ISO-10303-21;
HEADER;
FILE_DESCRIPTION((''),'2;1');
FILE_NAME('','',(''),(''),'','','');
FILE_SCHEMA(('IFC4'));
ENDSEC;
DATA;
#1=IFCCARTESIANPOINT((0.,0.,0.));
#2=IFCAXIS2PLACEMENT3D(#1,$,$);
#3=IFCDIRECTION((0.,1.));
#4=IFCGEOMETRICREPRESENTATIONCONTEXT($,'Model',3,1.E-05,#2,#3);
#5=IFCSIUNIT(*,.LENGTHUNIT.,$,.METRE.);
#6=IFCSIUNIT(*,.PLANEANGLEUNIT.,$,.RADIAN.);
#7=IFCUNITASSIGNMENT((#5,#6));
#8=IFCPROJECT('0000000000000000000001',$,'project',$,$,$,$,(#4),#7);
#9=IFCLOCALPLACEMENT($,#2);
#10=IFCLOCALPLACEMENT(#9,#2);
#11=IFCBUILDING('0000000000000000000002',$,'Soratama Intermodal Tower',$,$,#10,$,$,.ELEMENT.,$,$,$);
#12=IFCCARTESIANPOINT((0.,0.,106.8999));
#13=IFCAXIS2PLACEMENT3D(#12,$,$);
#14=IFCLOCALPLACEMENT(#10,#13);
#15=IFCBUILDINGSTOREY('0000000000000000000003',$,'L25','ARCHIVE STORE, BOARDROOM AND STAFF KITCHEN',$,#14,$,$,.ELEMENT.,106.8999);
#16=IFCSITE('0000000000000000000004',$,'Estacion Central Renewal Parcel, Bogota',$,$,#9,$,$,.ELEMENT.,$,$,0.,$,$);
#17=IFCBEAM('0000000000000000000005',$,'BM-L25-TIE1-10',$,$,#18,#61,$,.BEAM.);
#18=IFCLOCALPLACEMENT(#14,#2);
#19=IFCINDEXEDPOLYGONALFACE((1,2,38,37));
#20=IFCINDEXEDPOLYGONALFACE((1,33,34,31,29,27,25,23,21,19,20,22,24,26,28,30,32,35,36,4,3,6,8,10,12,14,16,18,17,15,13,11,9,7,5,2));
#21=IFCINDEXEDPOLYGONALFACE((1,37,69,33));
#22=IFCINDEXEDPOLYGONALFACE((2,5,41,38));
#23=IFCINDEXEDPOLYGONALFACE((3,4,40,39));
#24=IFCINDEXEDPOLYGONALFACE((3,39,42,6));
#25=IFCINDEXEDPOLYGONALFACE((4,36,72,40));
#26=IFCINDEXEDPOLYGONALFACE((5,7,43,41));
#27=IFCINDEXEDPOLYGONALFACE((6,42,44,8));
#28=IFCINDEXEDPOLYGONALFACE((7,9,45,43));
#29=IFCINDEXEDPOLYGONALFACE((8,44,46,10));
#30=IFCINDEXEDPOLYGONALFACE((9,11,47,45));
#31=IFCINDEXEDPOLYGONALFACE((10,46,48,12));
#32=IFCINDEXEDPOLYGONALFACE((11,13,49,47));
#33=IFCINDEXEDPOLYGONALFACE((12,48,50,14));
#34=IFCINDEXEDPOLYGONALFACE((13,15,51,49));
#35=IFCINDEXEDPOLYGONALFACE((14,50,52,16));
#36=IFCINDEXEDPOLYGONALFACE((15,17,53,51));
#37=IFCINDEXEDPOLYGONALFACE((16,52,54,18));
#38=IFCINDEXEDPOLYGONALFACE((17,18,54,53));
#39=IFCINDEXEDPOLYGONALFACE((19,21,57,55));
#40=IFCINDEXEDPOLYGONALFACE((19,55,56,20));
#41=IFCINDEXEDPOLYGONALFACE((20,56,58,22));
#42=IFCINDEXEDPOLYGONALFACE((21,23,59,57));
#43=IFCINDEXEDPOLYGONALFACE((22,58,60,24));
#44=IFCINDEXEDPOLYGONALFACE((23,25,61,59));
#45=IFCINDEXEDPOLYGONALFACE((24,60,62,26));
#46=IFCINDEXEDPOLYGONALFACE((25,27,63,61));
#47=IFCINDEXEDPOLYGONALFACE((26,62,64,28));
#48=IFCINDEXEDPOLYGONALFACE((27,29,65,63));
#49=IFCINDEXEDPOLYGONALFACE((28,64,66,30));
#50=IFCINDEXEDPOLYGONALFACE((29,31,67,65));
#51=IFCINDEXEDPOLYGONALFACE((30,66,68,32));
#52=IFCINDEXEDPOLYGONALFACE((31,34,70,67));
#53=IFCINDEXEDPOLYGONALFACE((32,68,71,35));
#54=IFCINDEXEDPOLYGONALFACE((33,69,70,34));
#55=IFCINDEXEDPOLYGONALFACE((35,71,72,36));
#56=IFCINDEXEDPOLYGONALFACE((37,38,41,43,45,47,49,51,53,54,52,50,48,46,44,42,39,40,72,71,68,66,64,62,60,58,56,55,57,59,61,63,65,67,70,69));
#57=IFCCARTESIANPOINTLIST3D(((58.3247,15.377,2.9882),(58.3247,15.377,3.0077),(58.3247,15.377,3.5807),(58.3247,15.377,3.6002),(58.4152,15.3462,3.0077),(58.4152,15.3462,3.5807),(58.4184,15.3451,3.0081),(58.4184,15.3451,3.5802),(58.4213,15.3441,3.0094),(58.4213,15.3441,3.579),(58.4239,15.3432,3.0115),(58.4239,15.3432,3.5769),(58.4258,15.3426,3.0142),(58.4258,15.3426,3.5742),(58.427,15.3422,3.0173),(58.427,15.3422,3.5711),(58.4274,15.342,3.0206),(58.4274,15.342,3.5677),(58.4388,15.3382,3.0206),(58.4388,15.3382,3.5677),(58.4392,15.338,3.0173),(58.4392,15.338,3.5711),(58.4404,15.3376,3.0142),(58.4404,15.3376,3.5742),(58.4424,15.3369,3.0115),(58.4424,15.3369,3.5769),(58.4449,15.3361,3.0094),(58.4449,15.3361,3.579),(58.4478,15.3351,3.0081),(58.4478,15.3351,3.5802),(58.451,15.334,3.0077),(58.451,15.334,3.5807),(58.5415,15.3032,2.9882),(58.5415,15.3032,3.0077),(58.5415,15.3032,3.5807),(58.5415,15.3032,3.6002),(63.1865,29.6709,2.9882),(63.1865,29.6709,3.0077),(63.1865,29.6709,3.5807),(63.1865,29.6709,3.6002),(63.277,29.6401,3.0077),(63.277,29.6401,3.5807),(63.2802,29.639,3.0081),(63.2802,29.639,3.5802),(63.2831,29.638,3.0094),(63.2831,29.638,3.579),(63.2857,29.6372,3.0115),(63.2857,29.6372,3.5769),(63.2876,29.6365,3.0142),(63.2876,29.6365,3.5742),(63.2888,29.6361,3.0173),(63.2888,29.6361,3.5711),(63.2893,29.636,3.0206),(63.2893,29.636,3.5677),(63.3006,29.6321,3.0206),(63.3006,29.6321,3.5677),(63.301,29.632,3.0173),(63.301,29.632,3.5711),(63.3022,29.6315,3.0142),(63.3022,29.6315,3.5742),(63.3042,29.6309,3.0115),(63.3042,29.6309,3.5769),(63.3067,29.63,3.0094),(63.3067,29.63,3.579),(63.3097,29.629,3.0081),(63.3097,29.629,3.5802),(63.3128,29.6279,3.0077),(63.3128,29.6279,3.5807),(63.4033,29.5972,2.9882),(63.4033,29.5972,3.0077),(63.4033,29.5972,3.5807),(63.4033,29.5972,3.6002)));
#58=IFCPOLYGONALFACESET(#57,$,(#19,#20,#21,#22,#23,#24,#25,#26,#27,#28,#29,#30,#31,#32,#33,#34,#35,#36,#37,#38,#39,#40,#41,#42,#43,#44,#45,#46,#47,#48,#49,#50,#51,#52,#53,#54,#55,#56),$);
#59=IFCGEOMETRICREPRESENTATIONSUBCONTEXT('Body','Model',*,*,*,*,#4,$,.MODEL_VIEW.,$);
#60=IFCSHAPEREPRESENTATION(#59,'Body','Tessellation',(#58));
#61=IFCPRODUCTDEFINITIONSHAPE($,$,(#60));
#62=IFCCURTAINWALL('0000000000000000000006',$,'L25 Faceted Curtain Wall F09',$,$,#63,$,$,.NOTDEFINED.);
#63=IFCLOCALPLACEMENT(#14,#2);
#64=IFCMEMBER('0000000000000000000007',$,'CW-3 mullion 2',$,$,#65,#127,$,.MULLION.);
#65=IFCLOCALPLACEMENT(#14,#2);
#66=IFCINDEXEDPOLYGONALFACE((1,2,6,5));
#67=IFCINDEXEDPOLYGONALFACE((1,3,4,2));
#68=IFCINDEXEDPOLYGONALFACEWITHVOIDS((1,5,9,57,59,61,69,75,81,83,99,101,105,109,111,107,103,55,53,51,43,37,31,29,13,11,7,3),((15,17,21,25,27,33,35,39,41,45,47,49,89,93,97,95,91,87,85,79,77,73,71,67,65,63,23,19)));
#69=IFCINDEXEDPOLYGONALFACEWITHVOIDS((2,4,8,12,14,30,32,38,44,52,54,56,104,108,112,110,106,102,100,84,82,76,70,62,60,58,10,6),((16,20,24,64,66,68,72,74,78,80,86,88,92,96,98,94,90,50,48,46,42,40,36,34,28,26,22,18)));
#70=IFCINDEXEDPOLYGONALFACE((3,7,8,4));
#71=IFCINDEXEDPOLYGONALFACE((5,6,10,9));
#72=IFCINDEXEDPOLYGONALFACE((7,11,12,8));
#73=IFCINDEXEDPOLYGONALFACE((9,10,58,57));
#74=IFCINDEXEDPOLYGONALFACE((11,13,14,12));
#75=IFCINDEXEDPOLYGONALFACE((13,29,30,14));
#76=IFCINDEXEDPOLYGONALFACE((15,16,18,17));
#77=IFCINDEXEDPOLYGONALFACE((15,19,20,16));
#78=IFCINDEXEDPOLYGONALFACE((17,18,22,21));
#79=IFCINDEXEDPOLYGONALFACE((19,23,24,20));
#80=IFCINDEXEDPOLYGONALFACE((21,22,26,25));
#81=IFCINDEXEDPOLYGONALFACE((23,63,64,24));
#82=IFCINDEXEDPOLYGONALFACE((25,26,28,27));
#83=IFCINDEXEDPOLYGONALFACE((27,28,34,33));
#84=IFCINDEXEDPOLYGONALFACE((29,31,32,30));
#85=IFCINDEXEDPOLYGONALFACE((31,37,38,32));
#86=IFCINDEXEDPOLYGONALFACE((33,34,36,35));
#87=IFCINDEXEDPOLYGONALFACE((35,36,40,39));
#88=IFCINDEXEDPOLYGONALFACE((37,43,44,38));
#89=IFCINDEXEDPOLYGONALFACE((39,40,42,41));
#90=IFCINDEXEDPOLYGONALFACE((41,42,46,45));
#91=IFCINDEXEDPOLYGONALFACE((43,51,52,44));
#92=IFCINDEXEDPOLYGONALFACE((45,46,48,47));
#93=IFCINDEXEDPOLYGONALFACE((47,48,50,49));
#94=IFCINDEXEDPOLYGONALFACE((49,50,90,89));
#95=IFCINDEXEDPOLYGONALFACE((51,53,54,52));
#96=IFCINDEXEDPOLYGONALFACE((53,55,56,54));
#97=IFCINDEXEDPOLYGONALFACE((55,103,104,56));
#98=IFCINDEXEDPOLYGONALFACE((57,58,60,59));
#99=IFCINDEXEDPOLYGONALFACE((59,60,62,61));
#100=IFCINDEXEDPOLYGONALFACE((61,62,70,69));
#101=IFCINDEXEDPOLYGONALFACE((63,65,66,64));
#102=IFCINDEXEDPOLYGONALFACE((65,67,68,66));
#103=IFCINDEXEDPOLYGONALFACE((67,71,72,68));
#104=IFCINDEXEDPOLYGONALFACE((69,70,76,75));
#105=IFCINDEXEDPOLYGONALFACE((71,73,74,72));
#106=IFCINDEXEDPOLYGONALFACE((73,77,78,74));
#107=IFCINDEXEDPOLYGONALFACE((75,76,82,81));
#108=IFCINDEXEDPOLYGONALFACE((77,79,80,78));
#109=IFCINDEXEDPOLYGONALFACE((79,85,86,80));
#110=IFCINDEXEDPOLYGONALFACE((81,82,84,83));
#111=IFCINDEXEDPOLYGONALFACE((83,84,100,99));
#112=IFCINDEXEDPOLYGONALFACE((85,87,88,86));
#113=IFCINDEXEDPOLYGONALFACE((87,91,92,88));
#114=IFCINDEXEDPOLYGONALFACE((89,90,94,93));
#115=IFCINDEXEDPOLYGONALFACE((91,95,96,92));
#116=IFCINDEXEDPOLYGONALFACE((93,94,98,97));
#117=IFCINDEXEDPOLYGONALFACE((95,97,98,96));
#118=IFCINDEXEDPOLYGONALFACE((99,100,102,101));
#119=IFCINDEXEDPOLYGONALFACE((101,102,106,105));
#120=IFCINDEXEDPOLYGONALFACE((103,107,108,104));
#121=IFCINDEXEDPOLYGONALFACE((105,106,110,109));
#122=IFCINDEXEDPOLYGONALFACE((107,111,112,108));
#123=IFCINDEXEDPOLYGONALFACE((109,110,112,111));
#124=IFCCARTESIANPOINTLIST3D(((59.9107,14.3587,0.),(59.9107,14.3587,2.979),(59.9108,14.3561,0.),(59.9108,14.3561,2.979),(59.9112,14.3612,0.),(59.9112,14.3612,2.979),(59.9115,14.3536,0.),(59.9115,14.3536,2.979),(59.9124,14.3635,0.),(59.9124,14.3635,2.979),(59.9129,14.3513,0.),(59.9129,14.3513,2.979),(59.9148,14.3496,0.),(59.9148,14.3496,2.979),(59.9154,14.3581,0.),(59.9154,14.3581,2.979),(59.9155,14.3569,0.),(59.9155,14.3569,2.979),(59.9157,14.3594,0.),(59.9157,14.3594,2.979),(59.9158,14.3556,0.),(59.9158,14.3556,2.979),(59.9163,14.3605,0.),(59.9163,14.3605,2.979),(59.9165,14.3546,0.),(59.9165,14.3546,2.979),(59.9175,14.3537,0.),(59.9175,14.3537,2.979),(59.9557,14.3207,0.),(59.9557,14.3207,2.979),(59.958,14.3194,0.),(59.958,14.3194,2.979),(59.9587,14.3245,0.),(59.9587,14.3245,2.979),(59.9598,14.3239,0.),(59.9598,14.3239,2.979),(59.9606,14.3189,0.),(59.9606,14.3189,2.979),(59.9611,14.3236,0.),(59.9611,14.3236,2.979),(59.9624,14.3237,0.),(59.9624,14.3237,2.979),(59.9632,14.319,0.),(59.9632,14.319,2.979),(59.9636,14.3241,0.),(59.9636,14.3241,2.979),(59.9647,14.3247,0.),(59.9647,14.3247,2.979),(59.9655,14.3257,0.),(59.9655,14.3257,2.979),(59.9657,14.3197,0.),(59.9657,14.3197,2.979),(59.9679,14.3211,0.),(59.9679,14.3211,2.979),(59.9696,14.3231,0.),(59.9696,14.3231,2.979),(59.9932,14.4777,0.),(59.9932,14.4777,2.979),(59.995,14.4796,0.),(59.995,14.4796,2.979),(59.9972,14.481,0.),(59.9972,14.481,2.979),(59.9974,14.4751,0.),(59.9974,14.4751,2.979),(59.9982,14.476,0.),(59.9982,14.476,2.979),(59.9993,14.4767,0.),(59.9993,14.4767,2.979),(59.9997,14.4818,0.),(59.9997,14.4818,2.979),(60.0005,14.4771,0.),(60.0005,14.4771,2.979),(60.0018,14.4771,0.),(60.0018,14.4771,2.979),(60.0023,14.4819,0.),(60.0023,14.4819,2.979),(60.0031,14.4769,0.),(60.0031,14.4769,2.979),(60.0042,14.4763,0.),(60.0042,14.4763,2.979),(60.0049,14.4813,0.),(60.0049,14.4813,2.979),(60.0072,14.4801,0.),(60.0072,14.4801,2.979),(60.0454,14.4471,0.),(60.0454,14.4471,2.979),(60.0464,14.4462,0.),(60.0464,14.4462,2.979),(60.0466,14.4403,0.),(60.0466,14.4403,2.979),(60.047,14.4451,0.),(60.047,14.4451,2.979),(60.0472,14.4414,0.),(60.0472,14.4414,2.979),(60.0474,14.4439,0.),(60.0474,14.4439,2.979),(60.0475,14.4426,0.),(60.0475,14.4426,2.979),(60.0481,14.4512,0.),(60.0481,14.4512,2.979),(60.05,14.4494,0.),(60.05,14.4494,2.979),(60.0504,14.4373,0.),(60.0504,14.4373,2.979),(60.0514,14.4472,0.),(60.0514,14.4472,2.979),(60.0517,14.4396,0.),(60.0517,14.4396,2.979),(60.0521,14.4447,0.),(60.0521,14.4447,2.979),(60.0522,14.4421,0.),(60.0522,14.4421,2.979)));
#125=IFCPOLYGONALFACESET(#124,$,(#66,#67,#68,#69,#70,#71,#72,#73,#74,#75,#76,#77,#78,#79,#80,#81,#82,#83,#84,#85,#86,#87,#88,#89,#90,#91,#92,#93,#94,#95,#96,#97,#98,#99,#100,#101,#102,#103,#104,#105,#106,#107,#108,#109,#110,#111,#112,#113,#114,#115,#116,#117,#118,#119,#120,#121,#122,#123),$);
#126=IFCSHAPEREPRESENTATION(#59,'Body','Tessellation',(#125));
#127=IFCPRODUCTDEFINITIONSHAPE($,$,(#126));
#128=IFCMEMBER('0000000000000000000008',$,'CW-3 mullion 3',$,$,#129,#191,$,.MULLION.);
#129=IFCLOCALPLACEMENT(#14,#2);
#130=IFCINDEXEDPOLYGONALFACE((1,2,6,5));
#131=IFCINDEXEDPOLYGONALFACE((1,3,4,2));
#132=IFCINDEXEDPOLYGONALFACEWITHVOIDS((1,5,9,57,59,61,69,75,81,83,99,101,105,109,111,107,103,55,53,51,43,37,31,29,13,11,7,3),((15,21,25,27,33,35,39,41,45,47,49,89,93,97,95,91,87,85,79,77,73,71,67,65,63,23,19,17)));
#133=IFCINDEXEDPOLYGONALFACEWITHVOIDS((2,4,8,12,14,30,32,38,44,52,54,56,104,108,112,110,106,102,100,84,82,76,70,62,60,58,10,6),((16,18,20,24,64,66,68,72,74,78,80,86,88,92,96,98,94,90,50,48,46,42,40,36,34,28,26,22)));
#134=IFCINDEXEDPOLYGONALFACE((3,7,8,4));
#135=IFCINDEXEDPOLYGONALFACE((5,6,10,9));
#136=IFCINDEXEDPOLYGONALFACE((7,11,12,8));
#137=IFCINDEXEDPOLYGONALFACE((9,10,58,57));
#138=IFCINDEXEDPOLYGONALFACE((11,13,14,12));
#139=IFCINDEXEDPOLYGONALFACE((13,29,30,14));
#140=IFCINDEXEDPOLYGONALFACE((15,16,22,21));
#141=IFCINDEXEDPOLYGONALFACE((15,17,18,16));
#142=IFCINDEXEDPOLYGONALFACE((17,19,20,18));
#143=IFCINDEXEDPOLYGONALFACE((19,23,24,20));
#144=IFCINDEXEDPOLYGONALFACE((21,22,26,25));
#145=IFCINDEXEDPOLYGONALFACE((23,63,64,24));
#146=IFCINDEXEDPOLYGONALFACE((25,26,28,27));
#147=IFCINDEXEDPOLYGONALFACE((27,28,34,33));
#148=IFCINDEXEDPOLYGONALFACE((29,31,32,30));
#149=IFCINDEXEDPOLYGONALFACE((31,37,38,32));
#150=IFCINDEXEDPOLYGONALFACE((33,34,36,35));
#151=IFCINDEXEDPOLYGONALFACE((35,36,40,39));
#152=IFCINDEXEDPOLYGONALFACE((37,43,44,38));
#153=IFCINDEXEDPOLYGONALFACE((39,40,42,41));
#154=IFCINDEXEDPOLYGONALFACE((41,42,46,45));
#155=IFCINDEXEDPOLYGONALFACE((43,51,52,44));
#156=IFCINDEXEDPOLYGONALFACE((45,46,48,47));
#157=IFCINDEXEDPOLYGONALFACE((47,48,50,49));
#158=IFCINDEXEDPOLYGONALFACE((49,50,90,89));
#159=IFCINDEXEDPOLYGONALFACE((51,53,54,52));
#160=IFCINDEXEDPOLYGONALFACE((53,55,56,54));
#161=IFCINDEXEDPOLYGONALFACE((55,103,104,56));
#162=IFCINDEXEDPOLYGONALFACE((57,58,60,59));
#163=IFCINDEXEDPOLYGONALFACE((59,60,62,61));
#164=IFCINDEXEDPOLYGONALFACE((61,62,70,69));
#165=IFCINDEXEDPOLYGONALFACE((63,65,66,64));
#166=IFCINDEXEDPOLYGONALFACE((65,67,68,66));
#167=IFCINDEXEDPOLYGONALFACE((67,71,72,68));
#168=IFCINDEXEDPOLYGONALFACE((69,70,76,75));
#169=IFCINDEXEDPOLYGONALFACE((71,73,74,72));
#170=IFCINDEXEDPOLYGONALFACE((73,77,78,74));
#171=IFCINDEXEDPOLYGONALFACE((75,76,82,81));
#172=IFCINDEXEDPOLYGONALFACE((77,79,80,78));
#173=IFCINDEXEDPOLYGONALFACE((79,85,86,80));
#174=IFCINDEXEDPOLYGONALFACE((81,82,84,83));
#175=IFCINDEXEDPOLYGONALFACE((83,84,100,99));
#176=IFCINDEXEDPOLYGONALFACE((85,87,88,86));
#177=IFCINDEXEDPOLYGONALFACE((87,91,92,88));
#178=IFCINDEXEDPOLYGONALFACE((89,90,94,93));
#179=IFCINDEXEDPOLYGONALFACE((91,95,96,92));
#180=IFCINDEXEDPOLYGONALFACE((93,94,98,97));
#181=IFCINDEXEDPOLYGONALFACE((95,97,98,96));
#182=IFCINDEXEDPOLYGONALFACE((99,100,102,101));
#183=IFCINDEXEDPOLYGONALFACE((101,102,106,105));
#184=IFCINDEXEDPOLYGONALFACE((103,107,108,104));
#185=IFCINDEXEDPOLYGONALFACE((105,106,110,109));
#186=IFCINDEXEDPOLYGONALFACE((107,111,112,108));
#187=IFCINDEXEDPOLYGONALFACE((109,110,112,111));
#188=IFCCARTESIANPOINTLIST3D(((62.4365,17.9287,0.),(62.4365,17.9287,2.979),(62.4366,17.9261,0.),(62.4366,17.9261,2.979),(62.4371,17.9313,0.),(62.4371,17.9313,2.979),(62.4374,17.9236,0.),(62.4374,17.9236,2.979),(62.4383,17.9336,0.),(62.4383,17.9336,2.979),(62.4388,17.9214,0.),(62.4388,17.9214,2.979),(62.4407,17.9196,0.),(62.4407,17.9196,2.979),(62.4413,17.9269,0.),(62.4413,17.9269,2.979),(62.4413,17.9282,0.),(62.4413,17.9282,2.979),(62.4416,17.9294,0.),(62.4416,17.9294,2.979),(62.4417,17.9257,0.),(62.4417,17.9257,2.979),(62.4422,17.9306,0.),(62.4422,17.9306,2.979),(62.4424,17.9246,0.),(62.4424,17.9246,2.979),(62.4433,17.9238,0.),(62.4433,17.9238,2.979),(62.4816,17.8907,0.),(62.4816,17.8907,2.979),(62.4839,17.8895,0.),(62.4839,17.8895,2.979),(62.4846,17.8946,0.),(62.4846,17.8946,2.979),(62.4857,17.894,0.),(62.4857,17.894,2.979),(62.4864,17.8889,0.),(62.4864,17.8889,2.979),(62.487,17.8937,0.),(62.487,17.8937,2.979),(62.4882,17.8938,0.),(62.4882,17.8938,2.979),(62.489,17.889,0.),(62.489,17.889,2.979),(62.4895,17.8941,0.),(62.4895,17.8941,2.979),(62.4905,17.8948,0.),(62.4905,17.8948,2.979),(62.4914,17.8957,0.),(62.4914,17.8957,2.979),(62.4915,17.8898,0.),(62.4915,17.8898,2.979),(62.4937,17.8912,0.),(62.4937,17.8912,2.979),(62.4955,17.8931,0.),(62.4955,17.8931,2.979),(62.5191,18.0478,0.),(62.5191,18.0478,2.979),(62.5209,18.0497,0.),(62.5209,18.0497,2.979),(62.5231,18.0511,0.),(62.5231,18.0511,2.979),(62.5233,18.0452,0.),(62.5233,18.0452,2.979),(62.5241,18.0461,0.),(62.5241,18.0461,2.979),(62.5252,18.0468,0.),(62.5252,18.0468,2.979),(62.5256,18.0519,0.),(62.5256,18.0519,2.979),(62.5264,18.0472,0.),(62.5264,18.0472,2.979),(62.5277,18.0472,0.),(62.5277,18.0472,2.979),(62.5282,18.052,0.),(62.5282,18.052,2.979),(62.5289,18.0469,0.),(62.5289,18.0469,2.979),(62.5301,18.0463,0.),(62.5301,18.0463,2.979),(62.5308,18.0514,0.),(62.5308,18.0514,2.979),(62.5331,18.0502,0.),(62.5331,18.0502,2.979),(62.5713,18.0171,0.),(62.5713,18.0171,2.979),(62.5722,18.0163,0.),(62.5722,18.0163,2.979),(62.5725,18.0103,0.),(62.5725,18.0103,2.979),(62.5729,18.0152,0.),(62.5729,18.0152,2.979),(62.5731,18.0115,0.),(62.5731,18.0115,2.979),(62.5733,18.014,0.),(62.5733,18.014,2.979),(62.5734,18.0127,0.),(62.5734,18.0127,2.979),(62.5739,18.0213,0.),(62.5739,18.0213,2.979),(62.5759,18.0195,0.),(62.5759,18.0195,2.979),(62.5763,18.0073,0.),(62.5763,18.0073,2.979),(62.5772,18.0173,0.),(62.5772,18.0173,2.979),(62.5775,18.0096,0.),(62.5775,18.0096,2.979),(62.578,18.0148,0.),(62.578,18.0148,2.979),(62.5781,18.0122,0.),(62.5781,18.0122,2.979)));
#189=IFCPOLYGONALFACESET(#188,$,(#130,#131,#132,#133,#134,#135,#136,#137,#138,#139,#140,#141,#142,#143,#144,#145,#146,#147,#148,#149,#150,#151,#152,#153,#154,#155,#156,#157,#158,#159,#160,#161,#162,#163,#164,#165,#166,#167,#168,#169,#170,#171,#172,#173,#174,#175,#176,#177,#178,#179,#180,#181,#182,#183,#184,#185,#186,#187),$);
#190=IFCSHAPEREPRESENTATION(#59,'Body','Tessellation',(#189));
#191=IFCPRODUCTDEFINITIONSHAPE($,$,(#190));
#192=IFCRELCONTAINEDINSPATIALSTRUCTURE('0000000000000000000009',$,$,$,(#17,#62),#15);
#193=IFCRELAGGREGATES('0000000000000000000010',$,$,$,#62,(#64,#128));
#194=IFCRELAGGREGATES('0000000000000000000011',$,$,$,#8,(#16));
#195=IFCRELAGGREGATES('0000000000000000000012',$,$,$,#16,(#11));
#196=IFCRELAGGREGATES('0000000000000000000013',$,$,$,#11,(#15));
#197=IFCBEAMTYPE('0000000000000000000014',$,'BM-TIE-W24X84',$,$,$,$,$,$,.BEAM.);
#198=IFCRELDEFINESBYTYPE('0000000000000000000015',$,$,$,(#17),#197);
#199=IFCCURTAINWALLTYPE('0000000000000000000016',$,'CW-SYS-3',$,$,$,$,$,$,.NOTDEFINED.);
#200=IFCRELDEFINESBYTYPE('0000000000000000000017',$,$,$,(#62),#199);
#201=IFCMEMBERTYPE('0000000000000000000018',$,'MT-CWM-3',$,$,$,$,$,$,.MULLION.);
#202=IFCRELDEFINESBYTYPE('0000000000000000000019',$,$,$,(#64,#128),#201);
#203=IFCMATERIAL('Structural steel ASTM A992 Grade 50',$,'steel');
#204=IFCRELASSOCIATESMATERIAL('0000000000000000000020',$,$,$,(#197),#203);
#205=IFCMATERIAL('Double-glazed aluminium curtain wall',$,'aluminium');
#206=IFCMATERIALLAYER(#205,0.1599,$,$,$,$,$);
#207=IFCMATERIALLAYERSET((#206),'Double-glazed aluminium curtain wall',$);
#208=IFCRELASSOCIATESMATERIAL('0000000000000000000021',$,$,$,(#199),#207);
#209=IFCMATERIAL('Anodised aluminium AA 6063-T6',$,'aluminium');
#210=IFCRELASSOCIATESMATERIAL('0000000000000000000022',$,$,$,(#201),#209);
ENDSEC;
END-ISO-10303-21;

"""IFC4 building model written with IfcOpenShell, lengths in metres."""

from ifc_helpers import new_model, si_unit, direction, frame, origin, origin_2d, place, context, subcontext, project, spatial, hollow_rectangle, i_section, extrude, material, layer, layer_set, material_profile, profile_set, type_object, element, aggregate, save


model = new_model("IFC4")

# Units and contexts
model_context = context("Model", 3, precision=1e-05, world=origin(), true_north=direction((0.0, 1.0)))
body_context = subcontext(model_context, "Body", "Model", "MODEL_VIEW")
ifc_project = project(units=[si_unit("LENGTHUNIT", "METRE"), si_unit("PLANEANGLEUNIT", "RADIAN")], contexts=[model_context])

# Site, building, storey
site_placement = place(None, origin())
site = spatial("IfcSite", under=ifc_project, at=site_placement, Name="Estacion Central Renewal Parcel, Bogota", CompositionType="ELEMENT", RefElevation=0.0)
building_placement = place(site_placement, origin())
building = spatial("IfcBuilding", under=site, at=building_placement, Name="Soratama Intermodal Tower", CompositionType="ELEMENT")
storey_placement = place(building_placement, frame((0.0, 0.0, 106.8999)))
storey = spatial("IfcBuildingStorey", under=building, at=storey_placement, Name="L25", Description="ARCHIVE STORE, BOARDROOM AND STAFF KITCHEN", CompositionType="ELEMENT", Elevation=106.8999)

# Beam
ifc_material_1 = material(Name="Structural steel ASTM A992 Grade 50", Category="steel")
ifc_material_profile_1 = material_profile(ifc_material_1, i_section(OverallWidth=0.229, OverallDepth=0.6121, WebThickness=0.012, FlangeThickness=0.0195, FilletRadius=0.0129, at=origin_2d()), Name="W24X84")
ifc_profile_set_1 = profile_set([ifc_material_profile_1], Name="Structural steel ASTM A992 Grade 50")
beam_type_1 = type_object("IfcBeamType", Name="BM-TIE-W24X84", PredefinedType="BEAM", material=ifc_profile_set_1)
beam_1_placement = place(storey_placement, frame((58.4331, 15.3401, 3.2942), z_axis=(0.322014, 0.946735, 0.0), x_axis=(-0.946735, 0.322014, 0.0)))
element("IfcBeam", 1, at=beam_1_placement, inside=storey, type_object=beam_type_1, Name="BM-L25-TIE1-10", PredefinedType="BEAM", context=body_context, shape_type="SweptSolid", body=[
    extrude(i_section(OverallWidth=0.229, OverallDepth=0.6121, WebThickness=0.012, FlangeThickness=0.0195, FilletRadius=0.0129, at=origin_2d()), origin(), (0.0, 0.0, 1.0), 15.0981),
])

# Curtain wall, members
ifc_material_2 = material(Name="Double-glazed aluminium curtain wall", Category="aluminium")
ifc_layer_1 = layer(ifc_material_2, 0.1599)
ifc_layer_set_1 = layer_set([ifc_layer_1], Name="Double-glazed aluminium curtain wall")
curtain_wall_type = type_object("IfcCurtainWallType", Name="CW-SYS-3", PredefinedType="NOTDEFINED", material=ifc_layer_set_1)
curtain_wall_placement = place(storey_placement, origin())
curtain_wall = element("IfcCurtainWall", 2, at=curtain_wall_placement, inside=storey, type_object=curtain_wall_type, Name="L25 Faceted Curtain Wall F09", PredefinedType="NOTDEFINED")
ifc_material_3 = material(Name="Anodised aluminium AA 6063-T6", Category="aluminium")
ifc_material_profile_2 = material_profile(ifc_material_3, hollow_rectangle(XDim=0.0701, YDim=0.1599, WallThickness=0.0049, InnerFilletRadius=0.0049, OuterFilletRadius=0.01, at=origin_2d()), Name="CWM160X70X5")
ifc_profile_set_2 = profile_set([ifc_material_profile_2], Name="Anodised aluminium AA 6063-T6")
member_type_1 = type_object("IfcMemberType", Name="MT-CWM-3", PredefinedType="MULLION", material=ifc_profile_set_2)
member_1_placement = place(storey_placement, frame((59.9814, 14.4004, 0.0), z_axis=(0.0, 0.0, 1.0), x_axis=(-0.816334, 0.57758, 0.0)))
member_1 = element("IfcMember", 3, at=member_1_placement, type_object=member_type_1, Name="CW-3 mullion 2", PredefinedType="MULLION", context=body_context, shape_type="SweptSolid", body=[
    extrude(hollow_rectangle(XDim=0.0701, YDim=0.1599, WallThickness=0.0049, InnerFilletRadius=0.0049, OuterFilletRadius=0.01, at=origin_2d()), origin(), (0.0, 0.0, 1.0), 2.979),
])
member_2_placement = place(storey_placement, frame((62.5073, 17.9705, 0.0), z_axis=(0.0, 0.0, 1.0), x_axis=(-0.816334, 0.57758, 0.0)))
member_2 = element("IfcMember", 4, at=member_2_placement, type_object=member_type_1, Name="CW-3 mullion 3", PredefinedType="MULLION", context=body_context, shape_type="SweptSolid", body=[
    extrude(hollow_rectangle(XDim=0.0701, YDim=0.1599, WallThickness=0.0049, InnerFilletRadius=0.0049, OuterFilletRadius=0.01, at=origin_2d()), origin(), (0.0, 0.0, 1.0), 2.979),
])
aggregate(curtain_wall, [member_1, member_2])

save(model, "model.ifc")
